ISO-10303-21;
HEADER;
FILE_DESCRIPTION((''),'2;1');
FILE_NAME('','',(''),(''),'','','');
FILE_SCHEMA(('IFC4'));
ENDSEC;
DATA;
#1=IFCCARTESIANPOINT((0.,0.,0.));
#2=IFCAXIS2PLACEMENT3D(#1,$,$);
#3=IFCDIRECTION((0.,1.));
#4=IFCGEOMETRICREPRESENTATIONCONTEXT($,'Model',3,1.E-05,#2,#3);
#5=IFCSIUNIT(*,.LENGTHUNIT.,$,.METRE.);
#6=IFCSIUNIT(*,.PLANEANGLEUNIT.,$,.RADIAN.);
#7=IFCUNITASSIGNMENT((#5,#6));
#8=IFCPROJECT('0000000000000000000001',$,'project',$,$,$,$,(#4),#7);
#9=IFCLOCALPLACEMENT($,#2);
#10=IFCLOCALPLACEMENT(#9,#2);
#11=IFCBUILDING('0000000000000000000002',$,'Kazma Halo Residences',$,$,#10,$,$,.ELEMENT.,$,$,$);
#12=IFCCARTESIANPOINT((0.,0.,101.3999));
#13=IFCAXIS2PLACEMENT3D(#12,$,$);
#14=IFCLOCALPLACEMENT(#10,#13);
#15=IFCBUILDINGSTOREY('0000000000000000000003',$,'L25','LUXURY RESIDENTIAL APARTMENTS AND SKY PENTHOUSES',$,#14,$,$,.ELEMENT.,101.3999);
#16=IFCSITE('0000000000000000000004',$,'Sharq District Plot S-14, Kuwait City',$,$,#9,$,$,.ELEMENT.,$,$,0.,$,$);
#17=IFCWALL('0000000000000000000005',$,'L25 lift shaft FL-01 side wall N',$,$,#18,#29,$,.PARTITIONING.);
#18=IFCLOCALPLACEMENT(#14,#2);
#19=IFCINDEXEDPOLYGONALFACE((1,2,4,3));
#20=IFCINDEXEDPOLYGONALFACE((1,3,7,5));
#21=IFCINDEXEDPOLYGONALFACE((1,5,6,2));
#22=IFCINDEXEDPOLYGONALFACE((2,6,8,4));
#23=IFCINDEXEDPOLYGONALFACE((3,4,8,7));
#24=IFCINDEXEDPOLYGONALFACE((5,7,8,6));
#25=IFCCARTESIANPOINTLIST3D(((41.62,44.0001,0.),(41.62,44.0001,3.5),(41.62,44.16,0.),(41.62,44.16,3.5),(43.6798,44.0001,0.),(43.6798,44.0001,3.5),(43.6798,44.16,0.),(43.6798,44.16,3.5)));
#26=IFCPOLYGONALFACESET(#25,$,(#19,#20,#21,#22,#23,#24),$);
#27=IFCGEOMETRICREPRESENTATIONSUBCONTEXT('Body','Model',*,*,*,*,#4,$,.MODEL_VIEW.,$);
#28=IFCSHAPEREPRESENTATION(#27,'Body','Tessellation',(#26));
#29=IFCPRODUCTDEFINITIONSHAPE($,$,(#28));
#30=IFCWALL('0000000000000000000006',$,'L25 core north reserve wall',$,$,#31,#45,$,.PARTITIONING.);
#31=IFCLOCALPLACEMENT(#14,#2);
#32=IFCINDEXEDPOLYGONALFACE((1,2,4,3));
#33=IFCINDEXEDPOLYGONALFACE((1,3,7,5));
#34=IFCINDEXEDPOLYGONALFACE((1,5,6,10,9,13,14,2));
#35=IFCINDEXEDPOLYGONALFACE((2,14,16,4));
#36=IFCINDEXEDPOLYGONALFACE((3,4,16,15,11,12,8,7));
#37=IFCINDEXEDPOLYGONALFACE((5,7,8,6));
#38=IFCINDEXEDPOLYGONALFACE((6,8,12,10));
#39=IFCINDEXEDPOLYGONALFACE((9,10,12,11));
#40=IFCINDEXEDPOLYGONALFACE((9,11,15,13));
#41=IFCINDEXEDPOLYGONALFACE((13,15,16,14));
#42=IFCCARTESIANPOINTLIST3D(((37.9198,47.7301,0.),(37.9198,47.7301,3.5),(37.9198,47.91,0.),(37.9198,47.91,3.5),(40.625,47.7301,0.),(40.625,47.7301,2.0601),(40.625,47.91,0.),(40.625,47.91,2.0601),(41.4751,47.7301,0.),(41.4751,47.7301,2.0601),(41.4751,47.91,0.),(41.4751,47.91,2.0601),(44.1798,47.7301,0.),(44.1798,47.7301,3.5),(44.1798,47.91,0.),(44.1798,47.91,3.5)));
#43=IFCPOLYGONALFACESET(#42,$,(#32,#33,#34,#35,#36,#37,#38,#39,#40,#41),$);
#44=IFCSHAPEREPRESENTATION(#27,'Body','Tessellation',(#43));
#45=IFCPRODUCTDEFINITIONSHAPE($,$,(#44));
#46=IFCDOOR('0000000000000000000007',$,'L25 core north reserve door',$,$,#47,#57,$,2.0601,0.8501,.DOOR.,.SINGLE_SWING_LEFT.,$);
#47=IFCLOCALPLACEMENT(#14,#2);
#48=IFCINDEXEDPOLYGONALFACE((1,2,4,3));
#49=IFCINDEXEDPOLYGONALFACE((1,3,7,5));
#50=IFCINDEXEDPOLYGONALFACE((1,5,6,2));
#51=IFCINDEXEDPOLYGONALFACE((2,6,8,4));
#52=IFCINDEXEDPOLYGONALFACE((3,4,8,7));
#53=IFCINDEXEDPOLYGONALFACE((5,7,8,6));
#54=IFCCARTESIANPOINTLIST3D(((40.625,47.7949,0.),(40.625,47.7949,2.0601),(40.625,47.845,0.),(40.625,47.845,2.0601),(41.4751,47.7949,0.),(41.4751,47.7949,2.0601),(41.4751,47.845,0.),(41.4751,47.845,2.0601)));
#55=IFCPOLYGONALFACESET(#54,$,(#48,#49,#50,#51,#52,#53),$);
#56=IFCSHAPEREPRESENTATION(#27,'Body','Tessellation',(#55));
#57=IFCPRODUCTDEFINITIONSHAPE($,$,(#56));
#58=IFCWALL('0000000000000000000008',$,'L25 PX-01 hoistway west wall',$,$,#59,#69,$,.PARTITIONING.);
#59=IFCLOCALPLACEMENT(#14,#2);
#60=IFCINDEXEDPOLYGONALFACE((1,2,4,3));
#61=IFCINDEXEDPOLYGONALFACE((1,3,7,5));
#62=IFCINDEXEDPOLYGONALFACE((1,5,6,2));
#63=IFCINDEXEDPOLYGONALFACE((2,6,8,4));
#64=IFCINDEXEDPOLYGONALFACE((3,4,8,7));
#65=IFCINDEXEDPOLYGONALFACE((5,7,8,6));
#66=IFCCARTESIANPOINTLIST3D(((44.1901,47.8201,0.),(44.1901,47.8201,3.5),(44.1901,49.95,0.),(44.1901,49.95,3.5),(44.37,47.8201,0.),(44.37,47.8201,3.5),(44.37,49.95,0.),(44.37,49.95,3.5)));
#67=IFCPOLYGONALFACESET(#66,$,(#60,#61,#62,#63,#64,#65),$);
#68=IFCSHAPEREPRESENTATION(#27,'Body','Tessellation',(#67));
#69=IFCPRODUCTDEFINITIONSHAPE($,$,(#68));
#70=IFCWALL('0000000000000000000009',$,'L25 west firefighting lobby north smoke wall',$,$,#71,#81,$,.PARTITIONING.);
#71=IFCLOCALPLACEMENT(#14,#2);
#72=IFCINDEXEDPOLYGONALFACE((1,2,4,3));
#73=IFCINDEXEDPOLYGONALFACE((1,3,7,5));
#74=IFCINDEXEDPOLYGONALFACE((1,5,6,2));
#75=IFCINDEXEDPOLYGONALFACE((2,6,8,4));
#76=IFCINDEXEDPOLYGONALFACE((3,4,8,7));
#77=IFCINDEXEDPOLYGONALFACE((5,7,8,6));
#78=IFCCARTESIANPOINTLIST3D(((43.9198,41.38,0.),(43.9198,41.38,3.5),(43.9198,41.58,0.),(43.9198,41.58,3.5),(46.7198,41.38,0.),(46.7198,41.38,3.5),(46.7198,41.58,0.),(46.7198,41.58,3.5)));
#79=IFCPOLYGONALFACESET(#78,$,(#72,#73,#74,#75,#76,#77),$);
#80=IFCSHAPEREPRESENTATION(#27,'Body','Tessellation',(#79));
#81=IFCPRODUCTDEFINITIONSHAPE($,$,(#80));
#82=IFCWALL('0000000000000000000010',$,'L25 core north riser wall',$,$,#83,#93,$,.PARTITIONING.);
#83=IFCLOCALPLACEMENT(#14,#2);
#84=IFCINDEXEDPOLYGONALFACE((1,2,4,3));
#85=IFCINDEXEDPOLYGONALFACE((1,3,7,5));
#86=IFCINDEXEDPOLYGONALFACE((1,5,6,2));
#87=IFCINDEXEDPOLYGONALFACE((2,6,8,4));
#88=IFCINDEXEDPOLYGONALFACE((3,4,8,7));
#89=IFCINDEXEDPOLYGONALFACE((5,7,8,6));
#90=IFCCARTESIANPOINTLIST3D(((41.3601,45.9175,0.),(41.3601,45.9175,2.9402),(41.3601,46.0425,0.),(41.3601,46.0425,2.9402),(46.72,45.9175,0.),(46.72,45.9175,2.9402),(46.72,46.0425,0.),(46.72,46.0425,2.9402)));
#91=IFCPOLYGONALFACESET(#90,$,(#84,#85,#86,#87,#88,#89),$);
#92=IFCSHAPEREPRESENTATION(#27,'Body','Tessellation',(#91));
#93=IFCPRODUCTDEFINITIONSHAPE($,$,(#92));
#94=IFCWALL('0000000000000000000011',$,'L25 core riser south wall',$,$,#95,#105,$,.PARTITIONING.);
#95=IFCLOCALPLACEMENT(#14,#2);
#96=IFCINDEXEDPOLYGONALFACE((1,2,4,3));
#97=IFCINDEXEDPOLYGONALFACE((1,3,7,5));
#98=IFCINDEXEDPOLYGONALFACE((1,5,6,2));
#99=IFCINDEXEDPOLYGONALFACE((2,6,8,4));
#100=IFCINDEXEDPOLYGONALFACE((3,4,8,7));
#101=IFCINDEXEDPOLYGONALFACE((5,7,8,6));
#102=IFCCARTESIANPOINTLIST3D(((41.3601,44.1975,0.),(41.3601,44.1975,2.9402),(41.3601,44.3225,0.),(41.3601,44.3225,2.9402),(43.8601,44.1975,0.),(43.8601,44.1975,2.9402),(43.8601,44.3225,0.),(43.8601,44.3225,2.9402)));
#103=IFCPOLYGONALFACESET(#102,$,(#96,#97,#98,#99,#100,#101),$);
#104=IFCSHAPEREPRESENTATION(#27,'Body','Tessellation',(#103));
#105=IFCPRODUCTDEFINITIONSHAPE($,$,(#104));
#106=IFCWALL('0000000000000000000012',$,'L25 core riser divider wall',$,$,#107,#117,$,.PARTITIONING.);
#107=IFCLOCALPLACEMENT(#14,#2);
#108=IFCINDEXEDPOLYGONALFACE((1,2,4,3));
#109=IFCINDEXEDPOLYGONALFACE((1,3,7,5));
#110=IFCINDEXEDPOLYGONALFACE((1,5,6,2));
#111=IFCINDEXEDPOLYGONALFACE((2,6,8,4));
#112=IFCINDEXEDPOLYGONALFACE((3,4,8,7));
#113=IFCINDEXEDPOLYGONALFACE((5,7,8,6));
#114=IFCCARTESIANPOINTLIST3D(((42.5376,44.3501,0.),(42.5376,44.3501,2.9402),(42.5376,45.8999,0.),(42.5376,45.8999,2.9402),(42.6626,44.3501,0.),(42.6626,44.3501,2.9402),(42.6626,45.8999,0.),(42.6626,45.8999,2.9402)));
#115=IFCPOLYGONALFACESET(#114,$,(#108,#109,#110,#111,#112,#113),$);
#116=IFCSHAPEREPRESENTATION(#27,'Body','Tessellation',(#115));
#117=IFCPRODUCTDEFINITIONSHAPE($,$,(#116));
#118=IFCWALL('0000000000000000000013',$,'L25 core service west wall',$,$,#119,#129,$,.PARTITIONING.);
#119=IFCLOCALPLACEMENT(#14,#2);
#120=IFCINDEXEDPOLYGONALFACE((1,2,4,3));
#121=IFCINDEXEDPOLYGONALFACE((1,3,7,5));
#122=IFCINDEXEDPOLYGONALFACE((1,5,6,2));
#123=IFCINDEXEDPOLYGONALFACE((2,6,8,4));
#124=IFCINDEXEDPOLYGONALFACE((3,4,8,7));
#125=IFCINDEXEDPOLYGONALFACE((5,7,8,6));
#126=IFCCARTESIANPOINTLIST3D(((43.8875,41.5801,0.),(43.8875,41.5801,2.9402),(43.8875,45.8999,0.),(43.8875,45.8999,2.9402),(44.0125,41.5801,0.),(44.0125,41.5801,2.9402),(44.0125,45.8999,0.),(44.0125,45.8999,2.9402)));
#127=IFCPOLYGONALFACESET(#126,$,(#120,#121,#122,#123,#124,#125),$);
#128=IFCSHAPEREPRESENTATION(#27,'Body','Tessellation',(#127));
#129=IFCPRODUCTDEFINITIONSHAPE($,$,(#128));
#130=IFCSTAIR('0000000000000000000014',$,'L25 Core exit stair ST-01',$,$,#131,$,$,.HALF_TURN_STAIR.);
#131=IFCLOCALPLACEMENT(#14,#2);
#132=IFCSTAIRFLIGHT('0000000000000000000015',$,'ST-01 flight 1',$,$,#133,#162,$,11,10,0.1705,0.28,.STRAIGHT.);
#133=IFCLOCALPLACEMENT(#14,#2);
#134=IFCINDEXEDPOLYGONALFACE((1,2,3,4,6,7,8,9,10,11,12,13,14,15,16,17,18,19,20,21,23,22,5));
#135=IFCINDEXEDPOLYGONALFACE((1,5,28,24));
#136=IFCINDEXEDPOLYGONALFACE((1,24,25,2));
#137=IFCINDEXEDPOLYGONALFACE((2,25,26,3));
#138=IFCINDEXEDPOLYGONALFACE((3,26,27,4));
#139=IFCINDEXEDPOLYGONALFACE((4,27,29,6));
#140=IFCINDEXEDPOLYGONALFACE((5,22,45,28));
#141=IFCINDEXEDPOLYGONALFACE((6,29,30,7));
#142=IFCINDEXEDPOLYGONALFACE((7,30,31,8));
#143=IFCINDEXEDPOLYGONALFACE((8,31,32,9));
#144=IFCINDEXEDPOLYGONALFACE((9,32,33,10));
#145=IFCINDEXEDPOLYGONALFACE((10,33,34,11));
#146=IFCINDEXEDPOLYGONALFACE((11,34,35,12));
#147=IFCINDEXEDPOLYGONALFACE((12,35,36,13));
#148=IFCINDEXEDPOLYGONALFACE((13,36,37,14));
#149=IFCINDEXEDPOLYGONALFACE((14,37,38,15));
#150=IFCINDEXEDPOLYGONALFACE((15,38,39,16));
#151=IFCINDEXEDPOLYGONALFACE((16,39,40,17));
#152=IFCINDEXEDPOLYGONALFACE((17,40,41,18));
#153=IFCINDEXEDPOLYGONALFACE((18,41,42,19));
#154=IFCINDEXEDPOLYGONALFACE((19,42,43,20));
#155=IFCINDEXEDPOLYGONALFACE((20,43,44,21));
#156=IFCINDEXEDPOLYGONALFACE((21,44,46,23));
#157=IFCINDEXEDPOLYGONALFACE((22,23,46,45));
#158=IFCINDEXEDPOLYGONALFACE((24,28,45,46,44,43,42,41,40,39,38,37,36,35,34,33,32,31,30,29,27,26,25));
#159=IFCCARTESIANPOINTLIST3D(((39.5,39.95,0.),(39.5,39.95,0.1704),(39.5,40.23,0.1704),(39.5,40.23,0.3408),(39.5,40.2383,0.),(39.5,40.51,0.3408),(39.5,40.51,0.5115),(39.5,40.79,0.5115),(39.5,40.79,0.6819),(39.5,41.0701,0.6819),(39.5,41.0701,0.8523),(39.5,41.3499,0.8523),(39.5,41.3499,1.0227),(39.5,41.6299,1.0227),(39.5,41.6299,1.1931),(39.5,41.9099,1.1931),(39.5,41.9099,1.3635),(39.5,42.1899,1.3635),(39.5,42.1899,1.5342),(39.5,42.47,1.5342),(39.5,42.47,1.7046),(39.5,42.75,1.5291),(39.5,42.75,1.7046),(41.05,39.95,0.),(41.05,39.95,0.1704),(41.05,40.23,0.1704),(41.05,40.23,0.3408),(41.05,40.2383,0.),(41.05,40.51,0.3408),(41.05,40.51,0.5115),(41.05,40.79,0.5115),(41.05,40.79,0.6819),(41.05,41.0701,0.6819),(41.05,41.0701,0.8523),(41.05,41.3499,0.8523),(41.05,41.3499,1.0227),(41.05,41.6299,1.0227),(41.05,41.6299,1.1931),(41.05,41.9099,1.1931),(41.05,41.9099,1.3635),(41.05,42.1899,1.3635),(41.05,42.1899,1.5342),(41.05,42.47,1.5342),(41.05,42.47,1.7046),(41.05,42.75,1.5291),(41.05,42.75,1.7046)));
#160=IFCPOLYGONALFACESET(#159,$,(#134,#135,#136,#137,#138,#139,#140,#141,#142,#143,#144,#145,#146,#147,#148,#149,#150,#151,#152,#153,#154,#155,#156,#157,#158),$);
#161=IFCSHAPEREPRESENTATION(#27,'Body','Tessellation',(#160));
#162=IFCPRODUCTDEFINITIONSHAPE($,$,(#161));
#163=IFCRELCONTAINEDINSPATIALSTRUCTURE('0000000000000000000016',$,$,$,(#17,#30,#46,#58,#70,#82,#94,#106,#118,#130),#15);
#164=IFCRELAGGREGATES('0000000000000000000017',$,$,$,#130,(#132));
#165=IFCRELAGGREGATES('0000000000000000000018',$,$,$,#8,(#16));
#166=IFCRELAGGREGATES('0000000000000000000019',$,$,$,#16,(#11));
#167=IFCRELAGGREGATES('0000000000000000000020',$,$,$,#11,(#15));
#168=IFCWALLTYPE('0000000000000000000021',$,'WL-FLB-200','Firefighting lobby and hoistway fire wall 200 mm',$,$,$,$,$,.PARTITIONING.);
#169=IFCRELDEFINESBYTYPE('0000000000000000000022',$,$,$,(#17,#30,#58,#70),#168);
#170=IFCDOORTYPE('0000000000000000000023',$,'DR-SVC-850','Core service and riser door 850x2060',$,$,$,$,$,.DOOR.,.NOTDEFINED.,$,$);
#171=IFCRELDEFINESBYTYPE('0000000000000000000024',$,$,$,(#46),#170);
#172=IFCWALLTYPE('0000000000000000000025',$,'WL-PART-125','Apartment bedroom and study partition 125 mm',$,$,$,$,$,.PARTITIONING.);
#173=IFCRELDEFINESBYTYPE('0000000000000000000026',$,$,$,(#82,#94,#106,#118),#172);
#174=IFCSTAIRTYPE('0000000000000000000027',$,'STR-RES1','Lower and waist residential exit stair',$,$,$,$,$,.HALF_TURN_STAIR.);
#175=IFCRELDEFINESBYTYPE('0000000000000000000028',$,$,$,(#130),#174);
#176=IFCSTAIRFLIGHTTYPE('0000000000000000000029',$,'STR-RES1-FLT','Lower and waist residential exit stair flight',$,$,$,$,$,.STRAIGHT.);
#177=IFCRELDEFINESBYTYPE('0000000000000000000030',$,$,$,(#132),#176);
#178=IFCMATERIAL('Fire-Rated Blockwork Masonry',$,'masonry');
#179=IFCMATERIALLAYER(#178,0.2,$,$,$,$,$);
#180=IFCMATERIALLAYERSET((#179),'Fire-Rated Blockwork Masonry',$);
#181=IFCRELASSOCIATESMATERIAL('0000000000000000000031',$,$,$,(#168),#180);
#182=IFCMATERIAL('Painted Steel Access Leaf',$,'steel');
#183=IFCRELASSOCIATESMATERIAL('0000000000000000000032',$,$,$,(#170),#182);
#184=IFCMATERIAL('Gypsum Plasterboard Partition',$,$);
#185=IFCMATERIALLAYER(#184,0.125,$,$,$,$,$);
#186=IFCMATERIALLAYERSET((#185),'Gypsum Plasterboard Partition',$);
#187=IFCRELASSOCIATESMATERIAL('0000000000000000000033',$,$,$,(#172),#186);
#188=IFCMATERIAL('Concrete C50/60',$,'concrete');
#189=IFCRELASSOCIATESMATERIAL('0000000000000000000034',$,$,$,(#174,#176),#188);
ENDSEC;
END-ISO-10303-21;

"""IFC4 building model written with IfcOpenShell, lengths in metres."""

from ifc_helpers import new_model, si_unit, direction, frame, frame_2d, origin, place, context, subcontext, project, spatial, polyline, rectangle, outline, extrude, material, layer, layer_set, type_object, element, fill, aggregate, save


model = new_model("IFC4")

# Units and contexts
model_context = context("Model", 3, precision=1e-05, world=origin(), true_north=direction((0.0, 1.0)))
body_context = subcontext(model_context, "Body", "Model", "MODEL_VIEW")
ifc_project = project(units=[si_unit("LENGTHUNIT", "METRE"), si_unit("PLANEANGLEUNIT", "RADIAN")], contexts=[model_context])

# Site, building, storey
site_placement = place(None, origin())
site = spatial("IfcSite", under=ifc_project, at=site_placement, Name="Sharq District Plot S-14, Kuwait City", CompositionType="ELEMENT", RefElevation=0.0)
building_placement = place(site_placement, origin())
building = spatial("IfcBuilding", under=site, at=building_placement, Name="Kazma Halo Residences", CompositionType="ELEMENT")
storey_placement = place(building_placement, frame((0.0, 0.0, 101.3999)))
storey = spatial("IfcBuildingStorey", under=building, at=storey_placement, Name="L25", Description="LUXURY RESIDENTIAL APARTMENTS AND SKY PENTHOUSES", CompositionType="ELEMENT", Elevation=101.3999)

# Shared definitions
ifc_material_1 = material(Name="Fire-Rated Blockwork Masonry", Category="masonry")
ifc_layer_1 = layer(ifc_material_1, 0.2)
ifc_layer_set_1 = layer_set([ifc_layer_1], Name="Fire-Rated Blockwork Masonry")
wall_type_1 = type_object("IfcWallType", Name="WL-FLB-200", Description="Firefighting lobby and hoistway fire wall 200 mm", PredefinedType="PARTITIONING", material=ifc_layer_set_1)

# Wall
wall_1_placement = place(storey_placement, frame((41.6201, 44.0801, 0.0), z_axis=(0.0, 0.0, 1.0), x_axis=(1.0, 0.0, 0.0)))
element("IfcWall", 1, at=wall_1_placement, inside=storey, type_object=wall_type_1, Name="L25 lift shaft FL-01 side wall N", PredefinedType="PARTITIONING", context=body_context, shape_type="SweptSolid", body=[
    extrude(rectangle(XDim=2.0598, YDim=0.1599, at=frame_2d((1.0298, 0.0))), origin(), (0.0, 0.0, 1.0), 3.5),
])

# Wall, opening, door
wall_2_placement = place(storey_placement, frame((37.9199, 47.8201, 0.0), z_axis=(0.0, 0.0, 1.0), x_axis=(1.0, 0.0, 0.0)))
wall_2 = element("IfcWall", 2, at=wall_2_placement, inside=storey, type_object=wall_type_1, Name="L25 core north reserve wall", PredefinedType="PARTITIONING", context=body_context, shape_type="SweptSolid", body=[
    extrude(rectangle(XDim=6.26, YDim=0.1799, at=frame_2d((3.1299, 0.0))), origin(), (0.0, 0.0, 1.0), 3.5),
])
opening_1_placement = place(wall_2_placement, frame((2.7051, 0.0, 0.0)))
opening_1 = element("IfcOpeningElement", 3, at=opening_1_placement, cuts=wall_2, PredefinedType="OPENING", context=body_context, shape_type="SweptSolid", body=[
    extrude(rectangle(XDim=0.8501, YDim=2.0601, at=frame_2d((0.425, 1.03))), frame((0.0, 0.0999, 0.0), z_axis=(0.0, -1.0, 0.0), x_axis=(1.0, 0.0, 0.0)), (0.0, 0.0, 1.0), 0.2),
])
ifc_material_2 = material(Name="Painted Steel Access Leaf", Category="steel")
door_type_1 = type_object("IfcDoorType", Name="DR-SVC-850", Description="Core service and riser door 850x2060", OperationType="NOTDEFINED", PredefinedType="DOOR", material=ifc_material_2)
door_1_placement = place(opening_1_placement, origin())
door_1 = element("IfcDoor", 4, at=door_1_placement, inside=storey, type_object=door_type_1, Name="L25 core north reserve door", OperationType="SINGLE_SWING_LEFT", OverallHeight=2.0601, OverallWidth=0.8501, PredefinedType="DOOR", context=body_context, shape_type="SweptSolid", body=[
    extrude(rectangle(XDim=0.8501, YDim=2.0601, at=frame_2d((0.425, 1.03))), frame((0.0, 0.0249, 0.0), z_axis=(0.0, -1.0, 0.0), x_axis=(1.0, 0.0, 0.0)), (0.0, 0.0, 1.0), 0.05),
])
fill(opening_1, door_1)

# Walls
wall_3_placement = place(storey_placement, frame((44.28, 47.8201, 0.0), z_axis=(0.0, 0.0, 1.0), x_axis=(0.0, 1.0, 0.0)))
element("IfcWall", 5, at=wall_3_placement, inside=storey, type_object=wall_type_1, Name="L25 PX-01 hoistway west wall", PredefinedType="PARTITIONING", context=body_context, shape_type="SweptSolid", body=[
    extrude(rectangle(XDim=2.1299, YDim=0.1799, at=frame_2d((1.0649, 0.0))), origin(), (0.0, 0.0, 1.0), 3.5),
])
wall_4_placement = place(storey_placement, frame((43.9199, 41.48, 0.0), z_axis=(0.0, 0.0, 1.0), x_axis=(1.0, 0.0, 0.0)))
element("IfcWall", 6, at=wall_4_placement, inside=storey, type_object=wall_type_1, Name="L25 west firefighting lobby north smoke wall", PredefinedType="PARTITIONING", context=body_context, shape_type="SweptSolid", body=[
    extrude(rectangle(XDim=2.8, YDim=0.2, at=frame_2d((1.3999, 0.0))), origin(), (0.0, 0.0, 1.0), 3.5),
])
ifc_material_3 = material(Name="Gypsum Plasterboard Partition")
ifc_layer_2 = layer(ifc_material_3, 0.125)
ifc_layer_set_2 = layer_set([ifc_layer_2], Name="Gypsum Plasterboard Partition")
wall_type_2 = type_object("IfcWallType", Name="WL-PART-125", Description="Apartment bedroom and study partition 125 mm", PredefinedType="PARTITIONING", material=ifc_layer_set_2)
wall_5_placement = place(storey_placement, frame((41.3601, 45.98, 0.0), z_axis=(0.0, 0.0, 1.0), x_axis=(1.0, 0.0, 0.0)))
element("IfcWall", 7, at=wall_5_placement, inside=storey, type_object=wall_type_2, Name="L25 core north riser wall", PredefinedType="PARTITIONING", context=body_context, shape_type="SweptSolid", body=[
    extrude(rectangle(XDim=5.3599, YDim=0.125, at=frame_2d((2.6799, 0.0))), origin(), (0.0, 0.0, 1.0), 2.9402),
])
wall_6_placement = place(storey_placement, frame((41.3601, 44.26, 0.0), z_axis=(0.0, 0.0, 1.0), x_axis=(1.0, 0.0, 0.0)))
element("IfcWall", 8, at=wall_6_placement, inside=storey, type_object=wall_type_2, Name="L25 core riser south wall", PredefinedType="PARTITIONING", context=body_context, shape_type="SweptSolid", body=[
    extrude(rectangle(XDim=2.5, YDim=0.125, at=frame_2d((1.25, 0.0))), origin(), (0.0, 0.0, 1.0), 2.9402),
])
wall_7_placement = place(storey_placement, frame((42.6001, 44.3501, 0.0), z_axis=(0.0, 0.0, 1.0), x_axis=(0.0, 1.0, 0.0)))
element("IfcWall", 9, at=wall_7_placement, inside=storey, type_object=wall_type_2, Name="L25 core riser divider wall", PredefinedType="PARTITIONING", context=body_context, shape_type="SweptSolid", body=[
    extrude(rectangle(XDim=1.5498, YDim=0.125, at=frame_2d((0.7749, 0.0))), origin(), (0.0, 0.0, 1.0), 2.9402),
])
wall_8_placement = place(storey_placement, frame((43.95, 41.5801, 0.0), z_axis=(0.0, 0.0, 1.0), x_axis=(0.0, 1.0, 0.0)))
element("IfcWall", 10, at=wall_8_placement, inside=storey, type_object=wall_type_2, Name="L25 core service west wall", PredefinedType="PARTITIONING", context=body_context, shape_type="SweptSolid", body=[
    extrude(rectangle(XDim=4.3198, YDim=0.125, at=frame_2d((2.1599, 0.0))), origin(), (0.0, 0.0, 1.0), 2.9402),
])

# Stair, stair flight
ifc_material_4 = material(Name="Concrete C50/60", Category="concrete")
stair_type = type_object("IfcStairType", Name="STR-RES1", Description="Lower and waist residential exit stair", PredefinedType="HALF_TURN_STAIR", material=ifc_material_4)
stair_placement = place(storey_placement, origin())
stair = element("IfcStair", 11, at=stair_placement, inside=storey, type_object=stair_type, Name="L25 Core exit stair ST-01", PredefinedType="HALF_TURN_STAIR")
stair_flight_type = type_object("IfcStairFlightType", Name="STR-RES1-FLT", Description="Lower and waist residential exit stair flight", PredefinedType="STRAIGHT", material=ifc_material_4)
stair_flight_1_placement = place(storey_placement, frame((40.2749, 39.95, 0.0), z_axis=(0.0, 0.0, 1.0), x_axis=(0.0, 1.0, 0.0)))
stair_flight_1 = element("IfcStairFlight", 12, at=stair_flight_1_placement, type_object=stair_flight_type, Name="ST-01 flight 1", NumberOfRisers=11, NumberOfTreads=10, PredefinedType="STRAIGHT", RiserHeight=0.1705, TreadLength=0.28, context=body_context, shape_type="SweptSolid", body=[
    extrude(outline(polyline([(0.0, 0.0), (0.0, 0.1704), (0.28, 0.1704), (0.28, 0.3408), (0.5601, 0.3408), (0.5601, 0.5115), (0.8401, 0.5115), (0.8401, 0.6819), (1.1201, 0.6819), (1.1201, 0.8523), (1.3999, 0.8523), (1.3999, 1.0227), (1.6799, 1.0227), (1.6799, 1.1931), (1.96, 1.1931), (1.96, 1.3635), (2.24, 1.3635), (2.24, 1.5342), (2.52, 1.5342), (2.52, 1.7046), (2.8, 1.7046), (2.8, 1.875), (2.8, 1.5291), (0.2883, 0.0), (0.0, 0.0)])), frame((0.0, 0.7749, 0.0), z_axis=(0.0, -1.0, 0.0), x_axis=(1.0, 0.0, 0.0)), (0.0, 0.0, 1.0), 1.55),
])
aggregate(stair, [stair_flight_1])

save(model, "model.ifc")
